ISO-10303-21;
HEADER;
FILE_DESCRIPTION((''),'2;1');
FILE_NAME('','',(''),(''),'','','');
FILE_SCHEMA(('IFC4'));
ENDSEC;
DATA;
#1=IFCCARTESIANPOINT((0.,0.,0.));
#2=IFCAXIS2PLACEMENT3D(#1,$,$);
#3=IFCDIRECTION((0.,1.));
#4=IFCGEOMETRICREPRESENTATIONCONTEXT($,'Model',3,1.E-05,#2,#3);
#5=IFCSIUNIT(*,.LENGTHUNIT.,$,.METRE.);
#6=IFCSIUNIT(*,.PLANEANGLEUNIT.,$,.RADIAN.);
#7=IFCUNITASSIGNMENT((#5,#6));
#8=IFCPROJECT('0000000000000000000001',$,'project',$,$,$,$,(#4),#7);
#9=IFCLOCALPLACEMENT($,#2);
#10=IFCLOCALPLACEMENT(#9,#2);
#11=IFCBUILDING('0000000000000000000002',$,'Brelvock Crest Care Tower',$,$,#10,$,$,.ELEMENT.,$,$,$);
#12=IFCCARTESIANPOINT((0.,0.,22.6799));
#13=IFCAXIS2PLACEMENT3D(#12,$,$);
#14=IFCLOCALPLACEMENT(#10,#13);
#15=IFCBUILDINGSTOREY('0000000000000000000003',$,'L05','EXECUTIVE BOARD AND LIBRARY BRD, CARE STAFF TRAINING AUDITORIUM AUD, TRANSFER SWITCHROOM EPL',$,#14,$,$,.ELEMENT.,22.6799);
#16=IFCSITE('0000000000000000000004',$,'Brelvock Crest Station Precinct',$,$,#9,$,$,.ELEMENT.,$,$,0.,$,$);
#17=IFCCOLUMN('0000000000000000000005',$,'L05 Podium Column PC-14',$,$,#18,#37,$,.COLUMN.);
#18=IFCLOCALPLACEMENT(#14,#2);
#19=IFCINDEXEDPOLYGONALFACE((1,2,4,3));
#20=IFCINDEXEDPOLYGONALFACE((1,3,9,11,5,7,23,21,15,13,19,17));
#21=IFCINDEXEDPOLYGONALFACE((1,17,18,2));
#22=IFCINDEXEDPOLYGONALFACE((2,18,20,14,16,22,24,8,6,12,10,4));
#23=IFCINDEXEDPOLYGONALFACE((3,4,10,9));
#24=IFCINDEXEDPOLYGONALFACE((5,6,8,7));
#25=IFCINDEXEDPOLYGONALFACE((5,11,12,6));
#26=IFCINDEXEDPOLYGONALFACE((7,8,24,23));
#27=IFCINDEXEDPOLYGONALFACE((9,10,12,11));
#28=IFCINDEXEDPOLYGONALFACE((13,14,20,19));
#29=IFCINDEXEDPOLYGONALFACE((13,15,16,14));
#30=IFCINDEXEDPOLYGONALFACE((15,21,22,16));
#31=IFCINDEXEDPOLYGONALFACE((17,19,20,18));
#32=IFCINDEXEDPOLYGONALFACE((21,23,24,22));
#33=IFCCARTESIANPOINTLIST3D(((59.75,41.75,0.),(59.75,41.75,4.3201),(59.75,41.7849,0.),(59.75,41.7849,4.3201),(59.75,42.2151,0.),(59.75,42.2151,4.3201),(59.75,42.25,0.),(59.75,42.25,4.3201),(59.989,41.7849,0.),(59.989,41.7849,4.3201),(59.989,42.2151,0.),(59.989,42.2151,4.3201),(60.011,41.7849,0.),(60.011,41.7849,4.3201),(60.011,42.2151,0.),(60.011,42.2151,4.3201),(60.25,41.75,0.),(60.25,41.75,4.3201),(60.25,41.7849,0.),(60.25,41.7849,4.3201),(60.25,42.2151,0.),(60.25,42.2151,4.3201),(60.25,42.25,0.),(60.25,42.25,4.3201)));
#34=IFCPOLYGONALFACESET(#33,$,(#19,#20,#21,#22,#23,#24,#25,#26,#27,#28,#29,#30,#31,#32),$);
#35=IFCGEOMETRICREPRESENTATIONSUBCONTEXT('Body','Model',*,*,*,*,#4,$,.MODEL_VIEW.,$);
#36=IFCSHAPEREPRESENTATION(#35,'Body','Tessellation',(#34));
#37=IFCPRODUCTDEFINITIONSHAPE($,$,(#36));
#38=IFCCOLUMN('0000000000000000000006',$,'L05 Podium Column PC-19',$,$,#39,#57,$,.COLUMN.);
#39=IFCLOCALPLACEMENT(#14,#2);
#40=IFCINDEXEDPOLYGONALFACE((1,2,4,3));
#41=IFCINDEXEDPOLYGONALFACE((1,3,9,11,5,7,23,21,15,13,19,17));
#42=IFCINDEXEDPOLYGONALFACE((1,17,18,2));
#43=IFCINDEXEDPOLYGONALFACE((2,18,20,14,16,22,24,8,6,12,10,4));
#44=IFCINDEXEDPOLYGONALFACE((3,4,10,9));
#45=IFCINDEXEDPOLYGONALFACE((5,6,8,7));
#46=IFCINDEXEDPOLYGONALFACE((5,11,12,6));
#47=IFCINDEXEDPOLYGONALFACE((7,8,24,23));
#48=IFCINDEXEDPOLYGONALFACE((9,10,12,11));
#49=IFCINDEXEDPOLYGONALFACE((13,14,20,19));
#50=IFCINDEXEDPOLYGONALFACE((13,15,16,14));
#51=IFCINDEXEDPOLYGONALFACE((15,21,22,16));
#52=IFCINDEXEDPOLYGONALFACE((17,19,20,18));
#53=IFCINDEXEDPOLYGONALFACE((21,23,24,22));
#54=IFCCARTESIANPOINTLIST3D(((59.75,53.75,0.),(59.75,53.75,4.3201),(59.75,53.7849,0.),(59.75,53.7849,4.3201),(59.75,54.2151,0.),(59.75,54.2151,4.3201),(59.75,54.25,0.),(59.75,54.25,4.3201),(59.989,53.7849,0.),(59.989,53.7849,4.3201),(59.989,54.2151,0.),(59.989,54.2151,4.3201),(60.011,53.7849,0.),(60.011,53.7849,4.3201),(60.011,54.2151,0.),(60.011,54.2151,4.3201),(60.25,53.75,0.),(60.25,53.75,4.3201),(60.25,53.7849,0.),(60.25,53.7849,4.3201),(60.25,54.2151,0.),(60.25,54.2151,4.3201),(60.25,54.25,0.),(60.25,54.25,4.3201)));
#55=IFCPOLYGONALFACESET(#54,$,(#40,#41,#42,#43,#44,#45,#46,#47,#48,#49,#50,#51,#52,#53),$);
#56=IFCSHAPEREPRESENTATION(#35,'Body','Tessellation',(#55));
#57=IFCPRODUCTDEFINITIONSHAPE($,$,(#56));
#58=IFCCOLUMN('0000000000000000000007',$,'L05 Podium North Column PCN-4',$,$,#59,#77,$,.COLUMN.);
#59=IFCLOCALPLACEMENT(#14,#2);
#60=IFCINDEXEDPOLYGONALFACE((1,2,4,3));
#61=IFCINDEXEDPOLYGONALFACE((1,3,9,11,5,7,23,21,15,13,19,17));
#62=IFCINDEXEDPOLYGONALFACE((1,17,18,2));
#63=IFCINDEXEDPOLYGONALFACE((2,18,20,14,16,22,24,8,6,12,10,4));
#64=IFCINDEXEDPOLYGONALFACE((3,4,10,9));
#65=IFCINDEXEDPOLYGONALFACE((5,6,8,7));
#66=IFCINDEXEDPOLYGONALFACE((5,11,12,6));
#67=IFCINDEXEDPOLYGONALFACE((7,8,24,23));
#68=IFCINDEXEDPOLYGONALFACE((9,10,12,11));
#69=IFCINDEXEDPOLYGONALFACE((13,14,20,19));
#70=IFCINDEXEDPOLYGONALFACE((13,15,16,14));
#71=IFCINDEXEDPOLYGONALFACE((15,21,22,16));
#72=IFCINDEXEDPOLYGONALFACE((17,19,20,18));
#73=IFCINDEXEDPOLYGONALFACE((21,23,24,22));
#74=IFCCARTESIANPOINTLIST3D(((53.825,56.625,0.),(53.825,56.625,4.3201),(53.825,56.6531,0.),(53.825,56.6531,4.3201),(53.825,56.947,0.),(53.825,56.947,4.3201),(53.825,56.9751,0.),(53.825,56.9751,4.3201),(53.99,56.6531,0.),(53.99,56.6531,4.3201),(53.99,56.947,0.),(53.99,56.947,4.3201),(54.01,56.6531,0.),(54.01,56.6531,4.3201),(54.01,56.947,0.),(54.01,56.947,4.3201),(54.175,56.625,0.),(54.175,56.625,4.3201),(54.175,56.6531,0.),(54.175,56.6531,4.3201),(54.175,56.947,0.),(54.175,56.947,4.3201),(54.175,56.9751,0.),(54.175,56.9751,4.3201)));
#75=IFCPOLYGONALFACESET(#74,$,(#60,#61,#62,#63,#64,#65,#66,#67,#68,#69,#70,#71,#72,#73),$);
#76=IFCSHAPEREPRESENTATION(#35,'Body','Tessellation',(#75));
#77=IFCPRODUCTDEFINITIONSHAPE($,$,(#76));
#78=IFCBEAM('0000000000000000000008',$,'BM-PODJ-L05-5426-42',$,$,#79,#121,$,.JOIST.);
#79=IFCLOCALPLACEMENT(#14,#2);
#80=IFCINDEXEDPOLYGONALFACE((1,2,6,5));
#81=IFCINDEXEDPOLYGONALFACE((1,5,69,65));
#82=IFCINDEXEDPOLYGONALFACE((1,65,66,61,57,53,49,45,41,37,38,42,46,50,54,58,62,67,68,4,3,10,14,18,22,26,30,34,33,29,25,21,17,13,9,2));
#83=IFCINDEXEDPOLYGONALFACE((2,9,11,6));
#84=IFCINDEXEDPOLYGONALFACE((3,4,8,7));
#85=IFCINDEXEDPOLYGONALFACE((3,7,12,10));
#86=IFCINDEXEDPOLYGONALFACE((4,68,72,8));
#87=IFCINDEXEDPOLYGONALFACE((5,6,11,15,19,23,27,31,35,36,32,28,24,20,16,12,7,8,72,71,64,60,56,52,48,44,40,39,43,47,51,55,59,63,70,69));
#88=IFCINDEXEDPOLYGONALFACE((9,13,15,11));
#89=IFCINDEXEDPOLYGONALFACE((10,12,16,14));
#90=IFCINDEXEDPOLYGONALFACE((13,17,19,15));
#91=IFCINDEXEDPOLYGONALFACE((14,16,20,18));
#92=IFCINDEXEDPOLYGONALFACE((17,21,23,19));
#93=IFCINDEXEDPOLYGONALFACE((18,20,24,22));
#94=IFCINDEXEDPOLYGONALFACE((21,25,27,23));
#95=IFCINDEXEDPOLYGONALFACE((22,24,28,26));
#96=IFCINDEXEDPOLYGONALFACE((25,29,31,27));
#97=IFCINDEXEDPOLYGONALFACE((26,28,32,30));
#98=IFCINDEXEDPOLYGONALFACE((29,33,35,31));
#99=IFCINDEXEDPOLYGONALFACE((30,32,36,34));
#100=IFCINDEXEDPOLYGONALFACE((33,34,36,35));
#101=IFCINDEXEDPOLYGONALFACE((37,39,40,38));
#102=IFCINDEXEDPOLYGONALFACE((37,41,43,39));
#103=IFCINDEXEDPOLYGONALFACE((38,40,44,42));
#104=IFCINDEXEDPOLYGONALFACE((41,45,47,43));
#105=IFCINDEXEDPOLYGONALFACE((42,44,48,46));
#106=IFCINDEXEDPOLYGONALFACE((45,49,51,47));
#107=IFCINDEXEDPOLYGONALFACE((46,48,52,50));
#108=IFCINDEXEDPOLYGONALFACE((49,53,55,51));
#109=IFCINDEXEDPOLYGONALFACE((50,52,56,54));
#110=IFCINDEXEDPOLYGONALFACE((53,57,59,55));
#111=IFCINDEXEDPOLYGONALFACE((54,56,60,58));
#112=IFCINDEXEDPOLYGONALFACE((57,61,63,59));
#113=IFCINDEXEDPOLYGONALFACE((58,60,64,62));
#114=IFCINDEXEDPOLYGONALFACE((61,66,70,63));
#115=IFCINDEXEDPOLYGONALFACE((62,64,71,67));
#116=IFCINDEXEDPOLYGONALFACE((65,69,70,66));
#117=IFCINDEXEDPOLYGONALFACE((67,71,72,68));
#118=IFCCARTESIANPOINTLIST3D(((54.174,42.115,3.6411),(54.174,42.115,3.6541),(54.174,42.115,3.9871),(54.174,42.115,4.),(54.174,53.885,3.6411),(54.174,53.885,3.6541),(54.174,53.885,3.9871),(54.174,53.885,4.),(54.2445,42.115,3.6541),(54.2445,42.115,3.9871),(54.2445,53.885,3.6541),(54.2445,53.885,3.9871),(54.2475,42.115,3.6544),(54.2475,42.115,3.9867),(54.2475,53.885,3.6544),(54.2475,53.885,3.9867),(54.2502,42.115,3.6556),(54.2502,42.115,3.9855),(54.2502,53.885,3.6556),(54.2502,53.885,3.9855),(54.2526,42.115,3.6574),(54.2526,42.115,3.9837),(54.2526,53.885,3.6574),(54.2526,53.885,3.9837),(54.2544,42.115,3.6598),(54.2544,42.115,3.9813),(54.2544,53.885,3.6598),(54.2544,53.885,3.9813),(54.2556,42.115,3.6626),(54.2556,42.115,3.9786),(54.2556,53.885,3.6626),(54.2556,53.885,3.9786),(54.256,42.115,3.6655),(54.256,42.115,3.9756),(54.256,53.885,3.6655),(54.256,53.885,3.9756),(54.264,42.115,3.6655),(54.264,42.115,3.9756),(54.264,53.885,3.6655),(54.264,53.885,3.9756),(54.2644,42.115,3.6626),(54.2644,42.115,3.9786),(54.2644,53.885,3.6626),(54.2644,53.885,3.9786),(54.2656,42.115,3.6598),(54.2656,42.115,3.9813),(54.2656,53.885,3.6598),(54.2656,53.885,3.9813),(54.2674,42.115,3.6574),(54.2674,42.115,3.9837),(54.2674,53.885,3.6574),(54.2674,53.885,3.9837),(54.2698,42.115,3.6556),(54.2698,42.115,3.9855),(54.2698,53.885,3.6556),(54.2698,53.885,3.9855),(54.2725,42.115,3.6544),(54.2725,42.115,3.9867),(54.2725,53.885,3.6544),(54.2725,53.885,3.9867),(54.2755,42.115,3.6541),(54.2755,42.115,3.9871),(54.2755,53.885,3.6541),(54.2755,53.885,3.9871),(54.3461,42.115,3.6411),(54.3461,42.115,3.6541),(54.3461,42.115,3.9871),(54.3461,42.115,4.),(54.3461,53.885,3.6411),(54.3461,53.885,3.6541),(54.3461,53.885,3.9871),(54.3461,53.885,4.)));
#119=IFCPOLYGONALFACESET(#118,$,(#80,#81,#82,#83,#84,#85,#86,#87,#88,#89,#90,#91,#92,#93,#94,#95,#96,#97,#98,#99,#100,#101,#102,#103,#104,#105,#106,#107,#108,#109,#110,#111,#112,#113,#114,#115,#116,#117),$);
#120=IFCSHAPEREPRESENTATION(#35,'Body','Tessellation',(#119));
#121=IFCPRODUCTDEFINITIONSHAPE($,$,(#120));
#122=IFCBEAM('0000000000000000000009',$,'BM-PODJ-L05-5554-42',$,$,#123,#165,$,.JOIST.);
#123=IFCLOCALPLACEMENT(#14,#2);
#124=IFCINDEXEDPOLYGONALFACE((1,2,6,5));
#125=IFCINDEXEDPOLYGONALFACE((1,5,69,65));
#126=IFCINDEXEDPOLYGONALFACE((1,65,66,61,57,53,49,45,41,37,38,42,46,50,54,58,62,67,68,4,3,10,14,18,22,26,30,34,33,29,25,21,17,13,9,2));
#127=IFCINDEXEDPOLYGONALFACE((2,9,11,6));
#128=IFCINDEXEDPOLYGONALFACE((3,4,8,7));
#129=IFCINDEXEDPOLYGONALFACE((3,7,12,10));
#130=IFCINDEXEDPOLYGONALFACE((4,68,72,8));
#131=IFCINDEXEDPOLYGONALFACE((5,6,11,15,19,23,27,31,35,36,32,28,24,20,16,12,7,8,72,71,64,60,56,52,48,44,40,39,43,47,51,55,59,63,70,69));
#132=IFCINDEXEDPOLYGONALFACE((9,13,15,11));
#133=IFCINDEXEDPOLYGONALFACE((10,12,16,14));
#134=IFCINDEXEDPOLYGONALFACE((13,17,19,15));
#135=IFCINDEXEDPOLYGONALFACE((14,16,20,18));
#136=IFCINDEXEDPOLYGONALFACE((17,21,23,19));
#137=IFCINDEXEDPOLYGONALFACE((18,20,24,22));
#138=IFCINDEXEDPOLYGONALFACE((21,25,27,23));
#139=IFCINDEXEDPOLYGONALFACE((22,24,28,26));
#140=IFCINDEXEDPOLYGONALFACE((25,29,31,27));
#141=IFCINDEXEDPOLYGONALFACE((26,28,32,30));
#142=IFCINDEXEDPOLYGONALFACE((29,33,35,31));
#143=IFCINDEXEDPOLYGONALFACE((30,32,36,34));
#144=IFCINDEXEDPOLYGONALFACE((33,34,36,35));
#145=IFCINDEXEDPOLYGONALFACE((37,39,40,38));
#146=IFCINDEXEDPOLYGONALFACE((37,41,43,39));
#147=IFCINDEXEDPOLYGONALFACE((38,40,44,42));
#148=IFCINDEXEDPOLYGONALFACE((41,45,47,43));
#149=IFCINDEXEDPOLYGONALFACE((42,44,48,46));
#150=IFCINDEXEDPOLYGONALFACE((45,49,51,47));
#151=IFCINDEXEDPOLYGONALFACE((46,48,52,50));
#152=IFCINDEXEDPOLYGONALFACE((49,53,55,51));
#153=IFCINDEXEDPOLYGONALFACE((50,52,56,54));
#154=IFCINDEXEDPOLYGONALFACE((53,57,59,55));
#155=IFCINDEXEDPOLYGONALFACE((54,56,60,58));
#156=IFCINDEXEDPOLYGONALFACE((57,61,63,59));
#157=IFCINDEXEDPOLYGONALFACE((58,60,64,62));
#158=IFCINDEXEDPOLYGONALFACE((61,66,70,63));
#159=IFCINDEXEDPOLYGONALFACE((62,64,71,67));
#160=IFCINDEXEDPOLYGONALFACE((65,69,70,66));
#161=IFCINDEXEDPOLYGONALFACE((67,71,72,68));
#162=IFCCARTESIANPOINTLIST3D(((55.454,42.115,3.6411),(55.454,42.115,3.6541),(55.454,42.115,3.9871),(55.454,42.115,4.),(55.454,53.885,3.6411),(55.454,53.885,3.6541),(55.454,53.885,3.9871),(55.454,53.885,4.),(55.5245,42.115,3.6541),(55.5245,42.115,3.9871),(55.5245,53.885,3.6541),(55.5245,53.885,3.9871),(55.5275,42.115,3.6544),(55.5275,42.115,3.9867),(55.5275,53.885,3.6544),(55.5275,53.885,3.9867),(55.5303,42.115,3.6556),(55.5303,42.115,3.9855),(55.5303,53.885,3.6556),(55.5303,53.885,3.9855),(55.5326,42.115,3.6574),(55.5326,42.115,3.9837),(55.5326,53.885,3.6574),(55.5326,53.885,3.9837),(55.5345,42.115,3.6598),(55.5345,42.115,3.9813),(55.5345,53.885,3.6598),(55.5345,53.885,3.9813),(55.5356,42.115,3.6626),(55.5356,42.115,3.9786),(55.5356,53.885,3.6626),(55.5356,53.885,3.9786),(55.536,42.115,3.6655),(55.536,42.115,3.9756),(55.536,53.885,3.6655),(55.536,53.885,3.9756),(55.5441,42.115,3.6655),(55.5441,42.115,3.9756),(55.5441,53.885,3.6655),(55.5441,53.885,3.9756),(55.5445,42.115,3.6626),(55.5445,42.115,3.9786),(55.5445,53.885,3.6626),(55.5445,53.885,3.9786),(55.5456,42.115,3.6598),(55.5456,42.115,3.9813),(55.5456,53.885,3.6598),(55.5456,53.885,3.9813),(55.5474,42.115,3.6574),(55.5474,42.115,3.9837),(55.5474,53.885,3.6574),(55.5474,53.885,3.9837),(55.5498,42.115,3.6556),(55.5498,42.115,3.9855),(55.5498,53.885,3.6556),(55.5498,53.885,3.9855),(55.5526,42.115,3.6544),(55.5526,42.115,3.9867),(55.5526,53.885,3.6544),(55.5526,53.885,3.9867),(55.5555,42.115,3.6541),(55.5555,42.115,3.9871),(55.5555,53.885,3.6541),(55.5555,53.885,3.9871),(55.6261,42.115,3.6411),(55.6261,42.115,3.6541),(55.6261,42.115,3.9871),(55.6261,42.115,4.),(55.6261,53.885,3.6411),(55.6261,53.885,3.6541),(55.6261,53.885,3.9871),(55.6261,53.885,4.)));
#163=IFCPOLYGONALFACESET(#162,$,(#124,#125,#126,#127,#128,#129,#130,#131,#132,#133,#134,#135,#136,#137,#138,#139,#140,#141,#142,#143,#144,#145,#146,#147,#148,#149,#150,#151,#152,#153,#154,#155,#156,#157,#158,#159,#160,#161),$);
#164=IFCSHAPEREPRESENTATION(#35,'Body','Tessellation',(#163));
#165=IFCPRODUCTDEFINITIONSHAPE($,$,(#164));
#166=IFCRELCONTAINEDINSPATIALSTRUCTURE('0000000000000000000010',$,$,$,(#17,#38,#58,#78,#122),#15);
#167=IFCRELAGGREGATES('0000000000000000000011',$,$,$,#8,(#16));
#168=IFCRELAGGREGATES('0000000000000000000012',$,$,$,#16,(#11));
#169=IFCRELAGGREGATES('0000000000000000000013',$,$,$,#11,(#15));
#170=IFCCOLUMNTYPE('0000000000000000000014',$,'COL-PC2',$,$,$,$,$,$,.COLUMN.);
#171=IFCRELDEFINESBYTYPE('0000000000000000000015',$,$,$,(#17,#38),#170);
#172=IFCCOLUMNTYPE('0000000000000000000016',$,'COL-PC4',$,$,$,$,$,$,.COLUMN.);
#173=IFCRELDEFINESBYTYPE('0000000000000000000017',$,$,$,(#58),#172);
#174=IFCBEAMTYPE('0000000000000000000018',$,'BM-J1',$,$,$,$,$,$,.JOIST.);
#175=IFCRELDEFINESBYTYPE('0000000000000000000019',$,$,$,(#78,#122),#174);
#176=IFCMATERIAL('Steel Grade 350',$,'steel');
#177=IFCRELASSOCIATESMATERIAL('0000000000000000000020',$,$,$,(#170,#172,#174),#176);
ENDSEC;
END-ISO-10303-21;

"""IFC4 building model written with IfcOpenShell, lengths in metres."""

from ifc_helpers import new_model, si_unit, direction, frame, origin, origin_2d, place, context, subcontext, project, spatial, i_section, extrude, source, transform, mapped, material, material_profile, profile_set, type_object, element, save


model = new_model("IFC4")

# Units and contexts
model_context = context("Model", 3, precision=1e-05, world=origin(), true_north=direction((0.0, 1.0)))
body_context = subcontext(model_context, "Body", "Model", "MODEL_VIEW")
ifc_project = project(units=[si_unit("LENGTHUNIT", "METRE"), si_unit("PLANEANGLEUNIT", "RADIAN")], contexts=[model_context])

# Site, building, storey
site_placement = place(None, origin())
site = spatial("IfcSite", under=ifc_project, at=site_placement, Name="Brelvock Crest Station Precinct", CompositionType="ELEMENT", RefElevation=0.0)
building_placement = place(site_placement, origin())
building = spatial("IfcBuilding", under=site, at=building_placement, Name="Brelvock Crest Care Tower", CompositionType="ELEMENT")
storey_placement = place(building_placement, frame((0.0, 0.0, 22.6799)))
storey = spatial("IfcBuildingStorey", under=building, at=storey_placement, Name="L05", Description="EXECUTIVE BOARD AND LIBRARY BRD, CARE STAFF TRAINING AUDITORIUM AUD, TRANSFER SWITCHROOM EPL", CompositionType="ELEMENT", Elevation=22.6799)

# Columns
ifc_material_1 = material(Name="Steel Grade 350", Category="steel")
ifc_material_profile_1 = material_profile(ifc_material_1, i_section(OverallWidth=0.5, OverallDepth=0.5, WebThickness=0.022, FlangeThickness=0.0349, at=origin_2d()), Name="500WC340")
ifc_profile_set_1 = profile_set([ifc_material_profile_1], Name="Steel Grade 350")
column_type_1 = type_object("IfcColumnType", Name="COL-PC2", PredefinedType="COLUMN", material=ifc_profile_set_1)
shared_shape_1 = source(origin(), body_context, "Body", "SweptSolid", [
    extrude(i_section(OverallWidth=0.5, OverallDepth=0.5, WebThickness=0.022, FlangeThickness=0.0349, at=origin_2d()), origin(), (0.0, 0.0, 1.0), 4.3201),
])
for number, where, z_axis, x_axis, name in (
    (1, (60.0, 42.0, 0.0), (0.0, 0.0, 1.0), (1.0, 0.0, 0.0), "L05 Podium Column PC-14"),
    (2, (60.0, 54.0, 0.0), (0.0, 0.0, 1.0), (1.0, 0.0, 0.0), "L05 Podium Column PC-19"),
):
    element("IfcColumn", number, at=place(storey_placement, frame(where, z_axis=z_axis, x_axis=x_axis)), inside=storey, type_object=column_type_1, Name=name, PredefinedType="COLUMN", context=body_context, shape_type="MappedRepresentation", body=[
        mapped(shared_shape_1, transform((0.0, 0.0, 0.0), x_axis=(1.0, 0.0, 0.0), y_axis=(0.0, 1.0, 0.0), z_axis=(0.0, 0.0, 1.0), scale=1.0)),
    ])
ifc_material_profile_2 = material_profile(ifc_material_1, i_section(OverallWidth=0.3501, OverallDepth=0.3501, WebThickness=0.02, FlangeThickness=0.0281, at=origin_2d()), Name="350WC197")
ifc_profile_set_2 = profile_set([ifc_material_profile_2], Name="Steel Grade 350")
column_type_2 = type_object("IfcColumnType", Name="COL-PC4", PredefinedType="COLUMN", material=ifc_profile_set_2)
shared_shape_2 = source(origin(), body_context, "Body", "SweptSolid", [
    extrude(i_section(OverallWidth=0.3501, OverallDepth=0.3501, WebThickness=0.02, FlangeThickness=0.0281, at=origin_2d()), origin(), (0.0, 0.0, 1.0), 4.3201),
])
column_placement = place(storey_placement, frame((54.0, 56.8, 0.0), z_axis=(0.0, 0.0, 1.0), x_axis=(1.0, 0.0, 0.0)))
element("IfcColumn", 3, at=column_placement, inside=storey, type_object=column_type_2, Name="L05 Podium North Column PCN-4", PredefinedType="COLUMN", context=body_context, shape_type="MappedRepresentation", body=[
    mapped(shared_shape_2, transform((0.0, 0.0, 0.0), x_axis=(1.0, 0.0, 0.0), y_axis=(0.0, 1.0, 0.0), z_axis=(0.0, 0.0, 1.0), scale=1.0)),
])

# Beams
ifc_material_profile_3 = material_profile(ifc_material_1, i_section(OverallWidth=0.1721, OverallDepth=0.3589, WebThickness=0.0081, FlangeThickness=0.0129, FilletRadius=0.0115, at=origin_2d()), Name="360UB56.7")
ifc_profile_set_3 = profile_set([ifc_material_profile_3], Name="Steel Grade 350")
beam_type_1 = type_object("IfcBeamType", Name="BM-J1", PredefinedType="JOIST", material=ifc_profile_set_3)
shared_shape_3 = source(origin(), body_context, "Body", "SweptSolid", [
    extrude(i_section(OverallWidth=0.1721, OverallDepth=0.3589, WebThickness=0.0081, FlangeThickness=0.0129, FilletRadius=0.0115, at=origin_2d()), origin(), (0.0, 0.0, 1.0), 11.77),
])
for number, where, z_axis, x_axis, name in (
    (4, (54.26, 42.115, 3.8206), (0.0, 1.0, 0.0), (-1.0, 0.0, 0.0), "BM-PODJ-L05-5426-42"),
    (5, (55.54, 42.115, 3.8206), (0.0, 1.0, 0.0), (-1.0, 0.0, 0.0), "BM-PODJ-L05-5554-42"),
):
    element("IfcBeam", number, at=place(storey_placement, frame(where, z_axis=z_axis, x_axis=x_axis)), inside=storey, type_object=beam_type_1, Name=name, PredefinedType="JOIST", context=body_context, shape_type="MappedRepresentation", body=[
        mapped(shared_shape_3, transform((0.0, 0.0, 0.0), x_axis=(1.0, 0.0, 0.0), y_axis=(0.0, 1.0, 0.0), z_axis=(0.0, 0.0, 1.0), scale=1.0)),
    ])

save(model, "model.ifc")
